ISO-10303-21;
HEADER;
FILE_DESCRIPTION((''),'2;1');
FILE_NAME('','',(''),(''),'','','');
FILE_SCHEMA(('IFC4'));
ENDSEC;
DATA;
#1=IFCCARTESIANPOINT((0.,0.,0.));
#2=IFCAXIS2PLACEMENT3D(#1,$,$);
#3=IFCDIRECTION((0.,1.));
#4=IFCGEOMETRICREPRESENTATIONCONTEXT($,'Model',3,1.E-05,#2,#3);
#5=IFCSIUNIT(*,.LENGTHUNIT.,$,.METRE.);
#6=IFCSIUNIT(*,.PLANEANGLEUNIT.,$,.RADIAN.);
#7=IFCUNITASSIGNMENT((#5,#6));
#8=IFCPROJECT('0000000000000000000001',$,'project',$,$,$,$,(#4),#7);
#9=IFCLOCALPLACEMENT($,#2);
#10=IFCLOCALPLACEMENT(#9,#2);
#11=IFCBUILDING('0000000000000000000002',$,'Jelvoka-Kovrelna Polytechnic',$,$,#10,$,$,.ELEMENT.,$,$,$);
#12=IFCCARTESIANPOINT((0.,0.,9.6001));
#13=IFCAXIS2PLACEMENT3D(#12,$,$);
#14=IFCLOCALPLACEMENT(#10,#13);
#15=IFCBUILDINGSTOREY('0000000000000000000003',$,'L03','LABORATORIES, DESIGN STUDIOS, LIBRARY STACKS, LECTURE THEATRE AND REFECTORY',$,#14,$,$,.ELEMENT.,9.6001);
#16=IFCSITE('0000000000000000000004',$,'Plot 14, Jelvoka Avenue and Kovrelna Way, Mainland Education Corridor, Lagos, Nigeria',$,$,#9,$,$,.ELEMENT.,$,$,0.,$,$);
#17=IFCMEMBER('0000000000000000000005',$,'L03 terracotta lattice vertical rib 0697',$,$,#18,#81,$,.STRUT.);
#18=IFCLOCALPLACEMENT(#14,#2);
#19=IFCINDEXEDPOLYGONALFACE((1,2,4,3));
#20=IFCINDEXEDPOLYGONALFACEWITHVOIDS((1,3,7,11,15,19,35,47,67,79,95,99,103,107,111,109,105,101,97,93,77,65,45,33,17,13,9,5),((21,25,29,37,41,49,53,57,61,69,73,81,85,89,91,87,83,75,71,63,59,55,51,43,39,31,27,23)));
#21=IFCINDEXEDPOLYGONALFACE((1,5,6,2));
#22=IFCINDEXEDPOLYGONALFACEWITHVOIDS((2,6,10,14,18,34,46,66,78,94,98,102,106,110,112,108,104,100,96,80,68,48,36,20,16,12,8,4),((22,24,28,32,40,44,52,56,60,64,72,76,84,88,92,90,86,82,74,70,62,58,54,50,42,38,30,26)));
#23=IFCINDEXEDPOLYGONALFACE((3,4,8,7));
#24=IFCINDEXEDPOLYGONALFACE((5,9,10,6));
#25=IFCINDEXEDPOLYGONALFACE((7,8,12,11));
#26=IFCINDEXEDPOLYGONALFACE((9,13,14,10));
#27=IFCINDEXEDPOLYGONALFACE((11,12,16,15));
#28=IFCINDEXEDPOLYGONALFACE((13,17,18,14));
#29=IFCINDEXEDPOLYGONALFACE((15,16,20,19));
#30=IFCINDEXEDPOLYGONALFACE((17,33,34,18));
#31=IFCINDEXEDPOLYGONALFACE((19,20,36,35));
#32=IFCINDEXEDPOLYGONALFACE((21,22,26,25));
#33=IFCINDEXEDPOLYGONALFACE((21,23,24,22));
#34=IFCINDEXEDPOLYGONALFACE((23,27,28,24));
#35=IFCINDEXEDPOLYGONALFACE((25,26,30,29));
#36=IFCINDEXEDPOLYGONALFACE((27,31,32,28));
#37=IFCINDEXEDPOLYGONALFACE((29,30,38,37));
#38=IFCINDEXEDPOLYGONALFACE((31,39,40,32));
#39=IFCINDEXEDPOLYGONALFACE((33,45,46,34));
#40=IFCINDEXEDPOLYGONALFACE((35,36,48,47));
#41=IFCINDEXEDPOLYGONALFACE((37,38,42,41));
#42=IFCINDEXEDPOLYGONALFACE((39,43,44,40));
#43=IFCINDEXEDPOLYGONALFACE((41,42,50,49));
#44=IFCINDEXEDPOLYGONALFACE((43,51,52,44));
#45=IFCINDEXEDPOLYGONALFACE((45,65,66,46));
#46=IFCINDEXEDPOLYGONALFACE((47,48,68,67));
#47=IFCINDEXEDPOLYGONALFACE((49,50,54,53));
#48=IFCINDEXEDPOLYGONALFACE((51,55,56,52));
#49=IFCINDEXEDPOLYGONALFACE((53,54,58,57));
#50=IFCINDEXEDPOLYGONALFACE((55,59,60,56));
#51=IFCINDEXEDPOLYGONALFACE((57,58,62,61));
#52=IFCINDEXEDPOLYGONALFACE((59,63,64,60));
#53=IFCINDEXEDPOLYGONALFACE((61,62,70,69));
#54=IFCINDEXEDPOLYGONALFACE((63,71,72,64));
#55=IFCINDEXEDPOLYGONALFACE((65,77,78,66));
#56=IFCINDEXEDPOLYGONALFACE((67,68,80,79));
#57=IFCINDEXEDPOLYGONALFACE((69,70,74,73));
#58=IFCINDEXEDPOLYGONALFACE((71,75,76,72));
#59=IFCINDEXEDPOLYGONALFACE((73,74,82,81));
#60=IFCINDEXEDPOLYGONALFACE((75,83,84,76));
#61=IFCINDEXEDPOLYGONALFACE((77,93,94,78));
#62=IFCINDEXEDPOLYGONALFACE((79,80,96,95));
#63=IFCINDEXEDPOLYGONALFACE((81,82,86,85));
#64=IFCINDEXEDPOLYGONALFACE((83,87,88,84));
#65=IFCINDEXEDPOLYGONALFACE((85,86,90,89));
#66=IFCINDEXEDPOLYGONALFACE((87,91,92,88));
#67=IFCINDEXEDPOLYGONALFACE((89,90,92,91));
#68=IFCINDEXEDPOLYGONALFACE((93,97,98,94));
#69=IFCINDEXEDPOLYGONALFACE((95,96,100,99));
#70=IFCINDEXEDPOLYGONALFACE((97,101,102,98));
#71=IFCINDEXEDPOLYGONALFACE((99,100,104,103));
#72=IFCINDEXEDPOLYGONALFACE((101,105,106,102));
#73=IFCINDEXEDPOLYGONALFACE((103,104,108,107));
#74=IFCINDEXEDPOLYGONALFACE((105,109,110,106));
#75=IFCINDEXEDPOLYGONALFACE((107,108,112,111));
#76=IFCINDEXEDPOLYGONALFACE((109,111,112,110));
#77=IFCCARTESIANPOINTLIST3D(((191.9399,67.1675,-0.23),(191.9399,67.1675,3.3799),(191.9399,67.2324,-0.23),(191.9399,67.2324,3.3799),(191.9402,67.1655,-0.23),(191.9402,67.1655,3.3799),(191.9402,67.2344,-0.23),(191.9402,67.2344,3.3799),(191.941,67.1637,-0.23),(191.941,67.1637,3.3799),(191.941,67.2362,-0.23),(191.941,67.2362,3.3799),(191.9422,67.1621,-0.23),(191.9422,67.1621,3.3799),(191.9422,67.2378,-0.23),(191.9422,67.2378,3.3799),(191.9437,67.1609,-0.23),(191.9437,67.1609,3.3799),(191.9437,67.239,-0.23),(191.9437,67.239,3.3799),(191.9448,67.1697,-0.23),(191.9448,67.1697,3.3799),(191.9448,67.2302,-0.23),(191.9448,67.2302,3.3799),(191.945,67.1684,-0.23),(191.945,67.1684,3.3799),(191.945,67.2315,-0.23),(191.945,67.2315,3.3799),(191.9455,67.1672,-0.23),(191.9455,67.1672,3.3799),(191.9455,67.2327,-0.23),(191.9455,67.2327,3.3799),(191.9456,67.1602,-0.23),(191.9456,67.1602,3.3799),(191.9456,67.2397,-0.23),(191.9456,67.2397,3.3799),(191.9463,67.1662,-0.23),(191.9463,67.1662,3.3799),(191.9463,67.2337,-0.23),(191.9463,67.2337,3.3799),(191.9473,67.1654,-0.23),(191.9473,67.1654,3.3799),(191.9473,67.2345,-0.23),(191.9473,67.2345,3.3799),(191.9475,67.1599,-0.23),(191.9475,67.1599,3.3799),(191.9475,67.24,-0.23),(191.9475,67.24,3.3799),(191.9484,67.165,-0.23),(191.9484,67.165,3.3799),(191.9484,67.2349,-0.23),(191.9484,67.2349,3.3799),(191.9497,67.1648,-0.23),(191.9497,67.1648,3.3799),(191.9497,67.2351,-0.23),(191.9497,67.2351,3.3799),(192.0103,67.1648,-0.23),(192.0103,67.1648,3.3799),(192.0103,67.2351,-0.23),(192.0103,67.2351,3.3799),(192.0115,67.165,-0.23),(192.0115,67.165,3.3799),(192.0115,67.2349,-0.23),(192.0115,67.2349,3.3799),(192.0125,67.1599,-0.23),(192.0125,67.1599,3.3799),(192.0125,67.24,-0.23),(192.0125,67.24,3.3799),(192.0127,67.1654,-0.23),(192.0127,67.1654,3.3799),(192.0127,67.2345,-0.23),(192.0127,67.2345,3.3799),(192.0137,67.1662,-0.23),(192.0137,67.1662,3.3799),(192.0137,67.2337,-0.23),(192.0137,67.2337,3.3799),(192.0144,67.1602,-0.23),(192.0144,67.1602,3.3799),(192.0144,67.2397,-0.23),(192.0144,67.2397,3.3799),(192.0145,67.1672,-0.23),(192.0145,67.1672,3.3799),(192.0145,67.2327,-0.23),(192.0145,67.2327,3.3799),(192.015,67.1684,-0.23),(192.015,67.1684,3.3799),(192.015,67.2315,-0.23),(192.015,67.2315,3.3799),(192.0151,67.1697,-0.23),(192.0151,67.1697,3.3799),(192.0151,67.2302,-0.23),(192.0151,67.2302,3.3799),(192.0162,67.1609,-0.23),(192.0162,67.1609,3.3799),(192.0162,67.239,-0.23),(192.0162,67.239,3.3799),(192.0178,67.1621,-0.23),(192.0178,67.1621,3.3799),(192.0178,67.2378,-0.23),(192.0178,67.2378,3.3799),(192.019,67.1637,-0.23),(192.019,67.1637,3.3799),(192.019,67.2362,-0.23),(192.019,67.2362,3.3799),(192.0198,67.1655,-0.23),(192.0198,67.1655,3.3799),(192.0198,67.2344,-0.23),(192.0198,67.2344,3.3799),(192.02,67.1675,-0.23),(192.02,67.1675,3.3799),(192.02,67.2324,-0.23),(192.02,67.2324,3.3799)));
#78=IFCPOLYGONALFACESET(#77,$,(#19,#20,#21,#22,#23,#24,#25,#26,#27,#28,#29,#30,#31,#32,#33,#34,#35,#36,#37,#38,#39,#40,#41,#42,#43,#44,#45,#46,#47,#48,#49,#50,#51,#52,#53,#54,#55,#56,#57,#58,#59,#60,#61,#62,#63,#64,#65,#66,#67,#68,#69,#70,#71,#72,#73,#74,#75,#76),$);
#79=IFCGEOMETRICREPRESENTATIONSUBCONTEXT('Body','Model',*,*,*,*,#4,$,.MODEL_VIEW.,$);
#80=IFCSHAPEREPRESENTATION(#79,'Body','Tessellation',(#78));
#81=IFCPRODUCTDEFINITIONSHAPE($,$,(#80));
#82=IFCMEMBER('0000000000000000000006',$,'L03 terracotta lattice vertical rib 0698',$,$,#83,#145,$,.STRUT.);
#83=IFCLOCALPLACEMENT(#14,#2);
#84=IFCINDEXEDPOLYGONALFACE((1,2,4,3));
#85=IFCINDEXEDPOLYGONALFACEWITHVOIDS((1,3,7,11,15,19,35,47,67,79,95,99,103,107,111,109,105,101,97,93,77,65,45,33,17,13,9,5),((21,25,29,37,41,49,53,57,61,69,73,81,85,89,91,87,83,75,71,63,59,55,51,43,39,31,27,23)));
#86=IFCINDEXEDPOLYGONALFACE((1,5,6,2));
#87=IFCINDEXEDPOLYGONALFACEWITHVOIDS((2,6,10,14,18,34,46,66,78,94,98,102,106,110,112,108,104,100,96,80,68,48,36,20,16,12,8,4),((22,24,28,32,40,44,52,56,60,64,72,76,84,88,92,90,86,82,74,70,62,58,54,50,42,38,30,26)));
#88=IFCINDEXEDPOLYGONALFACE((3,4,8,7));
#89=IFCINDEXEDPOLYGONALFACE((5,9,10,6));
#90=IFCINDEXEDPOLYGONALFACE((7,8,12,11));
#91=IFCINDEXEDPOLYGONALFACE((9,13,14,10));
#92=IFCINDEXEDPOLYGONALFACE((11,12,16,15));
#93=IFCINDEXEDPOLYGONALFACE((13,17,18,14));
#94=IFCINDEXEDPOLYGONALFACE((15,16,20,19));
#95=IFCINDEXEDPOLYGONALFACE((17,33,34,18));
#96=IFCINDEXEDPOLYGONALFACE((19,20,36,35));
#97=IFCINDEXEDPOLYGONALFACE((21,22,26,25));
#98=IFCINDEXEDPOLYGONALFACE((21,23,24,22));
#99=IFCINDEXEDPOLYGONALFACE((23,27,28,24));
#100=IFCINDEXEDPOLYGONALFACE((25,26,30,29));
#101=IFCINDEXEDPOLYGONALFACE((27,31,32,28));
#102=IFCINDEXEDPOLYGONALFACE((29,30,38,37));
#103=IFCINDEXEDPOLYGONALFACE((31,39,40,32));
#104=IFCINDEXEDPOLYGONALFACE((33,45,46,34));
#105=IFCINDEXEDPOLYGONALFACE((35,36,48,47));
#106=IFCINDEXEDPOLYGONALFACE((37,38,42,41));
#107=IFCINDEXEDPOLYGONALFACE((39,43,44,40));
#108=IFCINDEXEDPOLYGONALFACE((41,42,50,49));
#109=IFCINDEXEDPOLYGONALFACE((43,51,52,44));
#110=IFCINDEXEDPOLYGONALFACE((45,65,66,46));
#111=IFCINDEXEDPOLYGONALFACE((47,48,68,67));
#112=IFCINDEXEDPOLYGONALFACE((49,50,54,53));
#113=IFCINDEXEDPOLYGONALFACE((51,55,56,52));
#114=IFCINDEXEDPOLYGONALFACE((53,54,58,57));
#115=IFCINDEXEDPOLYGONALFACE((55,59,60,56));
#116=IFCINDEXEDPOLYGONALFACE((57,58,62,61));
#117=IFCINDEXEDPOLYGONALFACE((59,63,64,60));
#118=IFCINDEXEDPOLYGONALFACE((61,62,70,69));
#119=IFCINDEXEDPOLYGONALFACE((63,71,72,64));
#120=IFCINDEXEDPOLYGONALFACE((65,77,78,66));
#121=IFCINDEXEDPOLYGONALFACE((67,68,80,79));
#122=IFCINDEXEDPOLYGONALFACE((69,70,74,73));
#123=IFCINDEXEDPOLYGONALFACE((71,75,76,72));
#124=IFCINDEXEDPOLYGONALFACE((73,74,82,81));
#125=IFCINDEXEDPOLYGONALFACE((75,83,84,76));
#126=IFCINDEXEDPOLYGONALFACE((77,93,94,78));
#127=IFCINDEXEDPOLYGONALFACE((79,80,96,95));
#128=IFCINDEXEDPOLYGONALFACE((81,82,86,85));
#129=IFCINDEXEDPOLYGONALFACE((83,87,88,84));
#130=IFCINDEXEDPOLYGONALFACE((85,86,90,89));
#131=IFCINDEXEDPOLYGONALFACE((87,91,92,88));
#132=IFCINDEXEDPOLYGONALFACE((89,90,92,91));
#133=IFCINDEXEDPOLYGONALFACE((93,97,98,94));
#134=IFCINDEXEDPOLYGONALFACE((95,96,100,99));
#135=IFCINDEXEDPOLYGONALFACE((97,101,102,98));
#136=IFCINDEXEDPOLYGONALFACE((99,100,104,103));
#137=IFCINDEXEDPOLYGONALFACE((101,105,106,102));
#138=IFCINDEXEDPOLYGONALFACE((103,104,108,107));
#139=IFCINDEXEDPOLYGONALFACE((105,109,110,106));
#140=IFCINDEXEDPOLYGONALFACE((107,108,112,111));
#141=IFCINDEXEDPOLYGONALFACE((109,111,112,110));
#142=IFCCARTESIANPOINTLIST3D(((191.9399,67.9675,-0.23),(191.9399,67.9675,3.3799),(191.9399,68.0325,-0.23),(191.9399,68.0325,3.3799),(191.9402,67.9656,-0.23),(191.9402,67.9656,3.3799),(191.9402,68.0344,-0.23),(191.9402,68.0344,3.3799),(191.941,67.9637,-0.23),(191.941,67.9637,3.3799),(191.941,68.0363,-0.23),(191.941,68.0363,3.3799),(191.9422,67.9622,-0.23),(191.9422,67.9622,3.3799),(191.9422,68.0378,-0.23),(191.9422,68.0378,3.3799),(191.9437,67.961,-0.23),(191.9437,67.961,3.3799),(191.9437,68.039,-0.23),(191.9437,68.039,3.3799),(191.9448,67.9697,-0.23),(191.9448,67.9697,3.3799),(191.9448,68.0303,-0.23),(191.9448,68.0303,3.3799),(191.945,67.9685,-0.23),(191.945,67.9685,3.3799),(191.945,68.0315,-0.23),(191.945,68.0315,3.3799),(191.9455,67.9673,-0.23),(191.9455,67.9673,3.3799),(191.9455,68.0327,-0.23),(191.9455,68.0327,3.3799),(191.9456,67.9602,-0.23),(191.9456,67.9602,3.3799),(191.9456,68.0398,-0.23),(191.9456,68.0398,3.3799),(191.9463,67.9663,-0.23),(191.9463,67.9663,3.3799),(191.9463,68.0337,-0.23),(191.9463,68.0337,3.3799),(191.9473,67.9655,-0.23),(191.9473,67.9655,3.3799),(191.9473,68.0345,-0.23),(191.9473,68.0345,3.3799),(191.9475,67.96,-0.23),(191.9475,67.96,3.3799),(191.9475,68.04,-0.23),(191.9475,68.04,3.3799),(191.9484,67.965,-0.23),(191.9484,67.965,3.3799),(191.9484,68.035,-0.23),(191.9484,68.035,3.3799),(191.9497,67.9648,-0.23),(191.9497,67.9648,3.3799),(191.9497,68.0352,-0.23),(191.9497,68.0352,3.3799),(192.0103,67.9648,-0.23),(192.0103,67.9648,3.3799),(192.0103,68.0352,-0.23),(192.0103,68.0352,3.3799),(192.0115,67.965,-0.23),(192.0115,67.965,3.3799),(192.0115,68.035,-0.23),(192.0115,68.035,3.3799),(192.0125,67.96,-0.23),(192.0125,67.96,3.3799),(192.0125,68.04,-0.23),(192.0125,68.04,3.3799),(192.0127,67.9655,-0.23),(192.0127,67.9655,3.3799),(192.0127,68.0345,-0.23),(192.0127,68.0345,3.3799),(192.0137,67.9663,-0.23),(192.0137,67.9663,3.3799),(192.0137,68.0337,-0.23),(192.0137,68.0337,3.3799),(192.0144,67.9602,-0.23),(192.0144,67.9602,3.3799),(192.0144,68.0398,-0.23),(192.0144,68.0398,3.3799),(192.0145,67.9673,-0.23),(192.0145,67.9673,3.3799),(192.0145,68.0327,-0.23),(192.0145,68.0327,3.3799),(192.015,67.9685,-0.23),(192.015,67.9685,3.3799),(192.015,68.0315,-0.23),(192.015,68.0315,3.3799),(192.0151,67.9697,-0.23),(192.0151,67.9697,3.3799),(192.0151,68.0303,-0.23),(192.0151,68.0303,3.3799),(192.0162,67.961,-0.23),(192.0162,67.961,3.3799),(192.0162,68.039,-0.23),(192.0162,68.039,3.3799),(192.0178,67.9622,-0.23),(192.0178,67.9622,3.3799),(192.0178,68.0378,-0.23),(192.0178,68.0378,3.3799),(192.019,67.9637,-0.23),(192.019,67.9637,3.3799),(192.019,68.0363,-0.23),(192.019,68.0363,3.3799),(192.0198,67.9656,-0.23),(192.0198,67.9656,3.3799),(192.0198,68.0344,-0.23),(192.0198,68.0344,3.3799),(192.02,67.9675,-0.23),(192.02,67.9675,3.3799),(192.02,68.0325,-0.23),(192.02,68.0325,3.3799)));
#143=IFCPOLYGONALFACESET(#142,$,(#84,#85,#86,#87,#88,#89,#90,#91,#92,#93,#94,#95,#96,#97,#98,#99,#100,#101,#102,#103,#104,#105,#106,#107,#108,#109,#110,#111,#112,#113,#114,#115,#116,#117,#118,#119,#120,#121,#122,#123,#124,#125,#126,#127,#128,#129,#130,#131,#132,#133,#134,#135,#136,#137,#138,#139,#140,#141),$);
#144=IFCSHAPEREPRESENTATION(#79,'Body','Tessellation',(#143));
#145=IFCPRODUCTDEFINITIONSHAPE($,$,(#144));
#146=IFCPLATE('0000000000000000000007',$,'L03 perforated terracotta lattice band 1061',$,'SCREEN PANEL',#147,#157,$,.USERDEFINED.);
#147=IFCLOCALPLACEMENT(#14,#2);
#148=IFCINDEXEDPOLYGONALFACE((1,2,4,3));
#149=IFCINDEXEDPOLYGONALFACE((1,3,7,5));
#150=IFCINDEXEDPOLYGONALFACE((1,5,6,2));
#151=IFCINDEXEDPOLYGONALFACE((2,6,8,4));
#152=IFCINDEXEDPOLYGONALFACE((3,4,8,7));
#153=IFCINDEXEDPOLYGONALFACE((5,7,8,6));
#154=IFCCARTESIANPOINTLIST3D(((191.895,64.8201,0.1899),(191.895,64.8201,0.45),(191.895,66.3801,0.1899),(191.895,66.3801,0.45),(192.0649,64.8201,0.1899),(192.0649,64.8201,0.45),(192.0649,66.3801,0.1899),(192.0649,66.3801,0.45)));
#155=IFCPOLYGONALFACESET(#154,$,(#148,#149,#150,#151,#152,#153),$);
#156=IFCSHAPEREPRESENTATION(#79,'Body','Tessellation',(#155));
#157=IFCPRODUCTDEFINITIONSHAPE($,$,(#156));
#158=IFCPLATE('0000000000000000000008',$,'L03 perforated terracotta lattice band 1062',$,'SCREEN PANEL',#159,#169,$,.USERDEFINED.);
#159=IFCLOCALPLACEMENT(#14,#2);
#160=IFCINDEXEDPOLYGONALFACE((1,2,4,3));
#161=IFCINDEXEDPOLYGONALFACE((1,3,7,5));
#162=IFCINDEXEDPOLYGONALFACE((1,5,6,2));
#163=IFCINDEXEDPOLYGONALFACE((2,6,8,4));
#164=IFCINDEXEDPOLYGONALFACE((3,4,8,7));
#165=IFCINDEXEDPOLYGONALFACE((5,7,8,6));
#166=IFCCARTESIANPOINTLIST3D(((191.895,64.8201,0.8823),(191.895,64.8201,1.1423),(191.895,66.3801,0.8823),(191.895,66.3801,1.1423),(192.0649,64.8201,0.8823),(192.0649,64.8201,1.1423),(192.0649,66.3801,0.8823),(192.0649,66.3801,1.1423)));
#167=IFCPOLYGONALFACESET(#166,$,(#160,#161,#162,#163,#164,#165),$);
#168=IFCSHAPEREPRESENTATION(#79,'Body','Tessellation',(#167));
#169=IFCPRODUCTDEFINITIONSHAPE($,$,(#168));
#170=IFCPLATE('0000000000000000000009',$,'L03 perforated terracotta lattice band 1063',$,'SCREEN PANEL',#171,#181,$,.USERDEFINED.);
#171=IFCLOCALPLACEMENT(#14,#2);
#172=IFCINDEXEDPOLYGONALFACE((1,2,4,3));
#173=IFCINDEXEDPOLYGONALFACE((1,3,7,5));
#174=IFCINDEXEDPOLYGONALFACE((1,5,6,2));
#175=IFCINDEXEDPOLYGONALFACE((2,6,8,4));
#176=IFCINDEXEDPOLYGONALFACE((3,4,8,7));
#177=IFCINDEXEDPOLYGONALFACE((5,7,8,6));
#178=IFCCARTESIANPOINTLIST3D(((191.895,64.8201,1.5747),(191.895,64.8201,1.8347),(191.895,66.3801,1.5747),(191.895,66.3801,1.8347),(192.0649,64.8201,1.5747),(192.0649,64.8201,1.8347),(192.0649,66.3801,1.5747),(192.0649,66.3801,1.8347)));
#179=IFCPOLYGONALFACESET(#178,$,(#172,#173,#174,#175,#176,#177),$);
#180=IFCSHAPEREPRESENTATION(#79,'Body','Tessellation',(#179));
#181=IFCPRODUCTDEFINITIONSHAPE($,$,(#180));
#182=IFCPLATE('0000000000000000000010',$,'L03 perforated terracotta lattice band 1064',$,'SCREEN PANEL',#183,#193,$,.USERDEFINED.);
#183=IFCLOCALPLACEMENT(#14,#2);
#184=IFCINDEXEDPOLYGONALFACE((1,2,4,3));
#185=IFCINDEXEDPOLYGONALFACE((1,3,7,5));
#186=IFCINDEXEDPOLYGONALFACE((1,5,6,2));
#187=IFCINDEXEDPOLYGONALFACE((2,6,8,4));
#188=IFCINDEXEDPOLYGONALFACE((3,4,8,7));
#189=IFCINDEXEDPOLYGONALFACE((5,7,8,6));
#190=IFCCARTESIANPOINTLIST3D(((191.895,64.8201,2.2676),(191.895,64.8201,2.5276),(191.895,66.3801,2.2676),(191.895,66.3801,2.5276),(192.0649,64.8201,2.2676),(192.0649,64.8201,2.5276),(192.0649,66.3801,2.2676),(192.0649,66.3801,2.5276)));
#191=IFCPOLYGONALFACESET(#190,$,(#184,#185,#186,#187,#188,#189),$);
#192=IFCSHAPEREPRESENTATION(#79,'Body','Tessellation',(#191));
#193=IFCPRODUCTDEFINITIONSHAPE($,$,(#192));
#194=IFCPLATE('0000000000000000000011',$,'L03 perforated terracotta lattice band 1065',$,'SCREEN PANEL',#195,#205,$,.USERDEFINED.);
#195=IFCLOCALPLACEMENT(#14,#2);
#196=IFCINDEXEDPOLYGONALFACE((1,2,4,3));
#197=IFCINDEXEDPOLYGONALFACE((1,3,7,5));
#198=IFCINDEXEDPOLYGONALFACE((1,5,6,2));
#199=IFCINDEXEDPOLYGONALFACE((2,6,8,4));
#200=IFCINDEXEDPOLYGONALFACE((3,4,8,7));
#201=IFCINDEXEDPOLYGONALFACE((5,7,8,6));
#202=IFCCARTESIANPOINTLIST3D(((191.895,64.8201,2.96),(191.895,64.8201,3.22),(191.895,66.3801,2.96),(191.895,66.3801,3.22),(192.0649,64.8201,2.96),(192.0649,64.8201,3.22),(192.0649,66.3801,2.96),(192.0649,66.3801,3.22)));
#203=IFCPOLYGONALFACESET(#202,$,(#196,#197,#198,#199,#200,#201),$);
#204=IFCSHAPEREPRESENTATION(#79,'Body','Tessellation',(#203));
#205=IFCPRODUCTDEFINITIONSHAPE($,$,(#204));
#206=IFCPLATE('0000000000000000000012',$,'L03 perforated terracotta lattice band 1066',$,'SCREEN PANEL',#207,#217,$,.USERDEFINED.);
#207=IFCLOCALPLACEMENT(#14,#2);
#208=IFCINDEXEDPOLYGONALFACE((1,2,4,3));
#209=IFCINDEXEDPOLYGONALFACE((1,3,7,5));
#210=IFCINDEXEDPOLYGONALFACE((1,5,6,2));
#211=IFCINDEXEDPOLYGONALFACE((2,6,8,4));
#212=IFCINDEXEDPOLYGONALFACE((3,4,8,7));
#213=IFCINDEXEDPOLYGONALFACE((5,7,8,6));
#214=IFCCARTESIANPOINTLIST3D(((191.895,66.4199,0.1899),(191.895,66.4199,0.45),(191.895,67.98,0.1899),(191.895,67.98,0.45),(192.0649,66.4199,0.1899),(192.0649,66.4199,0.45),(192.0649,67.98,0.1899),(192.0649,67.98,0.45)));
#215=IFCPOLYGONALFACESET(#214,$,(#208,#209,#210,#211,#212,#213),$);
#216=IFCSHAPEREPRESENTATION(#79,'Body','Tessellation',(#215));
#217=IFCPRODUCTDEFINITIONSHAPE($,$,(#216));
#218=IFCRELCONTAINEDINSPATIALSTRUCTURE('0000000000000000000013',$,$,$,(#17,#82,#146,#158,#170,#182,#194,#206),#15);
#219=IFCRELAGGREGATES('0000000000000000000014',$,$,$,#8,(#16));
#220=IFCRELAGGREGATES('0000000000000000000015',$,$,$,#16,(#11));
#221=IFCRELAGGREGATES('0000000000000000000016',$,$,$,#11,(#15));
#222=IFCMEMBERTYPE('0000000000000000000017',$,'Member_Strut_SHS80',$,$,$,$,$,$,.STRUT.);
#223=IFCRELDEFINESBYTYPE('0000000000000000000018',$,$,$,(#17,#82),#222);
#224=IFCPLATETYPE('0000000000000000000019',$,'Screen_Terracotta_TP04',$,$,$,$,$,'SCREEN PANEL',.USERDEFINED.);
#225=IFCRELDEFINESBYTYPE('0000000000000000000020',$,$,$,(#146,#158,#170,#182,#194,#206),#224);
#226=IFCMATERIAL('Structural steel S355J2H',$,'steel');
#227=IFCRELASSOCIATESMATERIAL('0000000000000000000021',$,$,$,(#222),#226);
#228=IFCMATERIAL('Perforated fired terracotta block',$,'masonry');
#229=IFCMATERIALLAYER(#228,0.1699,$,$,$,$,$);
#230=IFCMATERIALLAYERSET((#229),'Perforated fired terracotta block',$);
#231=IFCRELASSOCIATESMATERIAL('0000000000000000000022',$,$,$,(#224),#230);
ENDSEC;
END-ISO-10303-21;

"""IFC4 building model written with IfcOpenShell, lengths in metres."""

from ifc_helpers import new_model, si_unit, direction, frame, origin, origin_2d, place, context, subcontext, project, spatial, rectangle, hollow_rectangle, extrude, material, layer, layer_set, material_profile, profile_set, type_object, element, save


model = new_model("IFC4")

# Units and contexts
model_context = context("Model", 3, precision=1e-05, world=origin(), true_north=direction((0.0, 1.0)))
body_context = subcontext(model_context, "Body", "Model", "MODEL_VIEW")
ifc_project = project(units=[si_unit("LENGTHUNIT", "METRE"), si_unit("PLANEANGLEUNIT", "RADIAN")], contexts=[model_context])

# Site, building, storey
site_placement = place(None, origin())
site = spatial("IfcSite", under=ifc_project, at=site_placement, Name="Plot 14, Jelvoka Avenue and Kovrelna Way, Mainland Education Corridor, Lagos, Nigeria", CompositionType="ELEMENT", RefElevation=0.0)
building_placement = place(site_placement, origin())
building = spatial("IfcBuilding", under=site, at=building_placement, Name="Jelvoka-Kovrelna Polytechnic", CompositionType="ELEMENT")
storey_placement = place(building_placement, frame((0.0, 0.0, 9.6001)))
storey = spatial("IfcBuildingStorey", under=building, at=storey_placement, Name="L03", Description="LABORATORIES, DESIGN STUDIOS, LIBRARY STACKS, LECTURE THEATRE AND REFECTORY", CompositionType="ELEMENT", Elevation=9.6001)

# Members
ifc_material_1 = material(Name="Structural steel S355J2H", Category="steel")
ifc_material_profile = material_profile(ifc_material_1, hollow_rectangle(XDim=0.0801, YDim=0.0801, WallThickness=0.0049, InnerFilletRadius=0.0049, OuterFilletRadius=0.0076, at=origin_2d()), Name="80x80x5.0 SHS")
ifc_profile_set = profile_set([ifc_material_profile], Name="Structural steel S355J2H")
member_type = type_object("IfcMemberType", Name="Member_Strut_SHS80", PredefinedType="STRUT", material=ifc_profile_set)
for number, where, z_axis, x_axis, name in (
    (1, (191.98, 67.2, -0.23), (0.0, 0.0, 1.0), (1.0, 0.0, 0.0), "L03 terracotta lattice vertical rib 0697"),
    (2, (191.98, 68.0, -0.23), (0.0, 0.0, 1.0), (1.0, 0.0, 0.0), "L03 terracotta lattice vertical rib 0698"),
):
    element("IfcMember", number, at=place(storey_placement, frame(where, z_axis=z_axis, x_axis=x_axis)), inside=storey, type_object=member_type, Name=name, PredefinedType="STRUT", context=body_context, shape_type="SweptSolid", body=[
        extrude(hollow_rectangle(XDim=0.0801, YDim=0.0801, WallThickness=0.0049, InnerFilletRadius=0.0049, OuterFilletRadius=0.0076, at=origin_2d()), origin(), (0.0, 0.0, 1.0), 3.6099),
    ])

# Plates
ifc_material_2 = material(Name="Perforated fired terracotta block", Category="masonry")
ifc_layer = layer(ifc_material_2, 0.1699)
ifc_layer_set = layer_set([ifc_layer], Name="Perforated fired terracotta block")
plate_type = type_object("IfcPlateType", Name="Screen_Terracotta_TP04", ElementType="SCREEN PANEL", PredefinedType="USERDEFINED", material=ifc_layer_set)
for number, where, z_axis, x_axis, name in (
    (3, (191.98, 65.6001, 0.1899), (0.0, 0.0, 1.0), (0.0, 1.0, 0.0), "L03 perforated terracotta lattice band 1061"),
    (4, (191.98, 65.6001, 0.8823), (0.0, 0.0, 1.0), (0.0, 1.0, 0.0), "L03 perforated terracotta lattice band 1062"),
    (5, (191.98, 65.6001, 1.5747), (0.0, 0.0, 1.0), (0.0, 1.0, 0.0), "L03 perforated terracotta lattice band 1063"),
    (6, (191.98, 65.6001, 2.2676), (0.0, 0.0, 1.0), (0.0, 1.0, 0.0), "L03 perforated terracotta lattice band 1064"),
    (7, (191.98, 65.6001, 2.96), (0.0, 0.0, 1.0), (0.0, 1.0, 0.0), "L03 perforated terracotta lattice band 1065"),
    (8, (191.98, 67.2, 0.1899), (0.0, 0.0, 1.0), (0.0, 1.0, 0.0), "L03 perforated terracotta lattice band 1066"),
):
    element("IfcPlate", number, at=place(storey_placement, frame(where, z_axis=z_axis, x_axis=x_axis)), inside=storey, type_object=plate_type, Name=name, ObjectType="SCREEN PANEL", PredefinedType="USERDEFINED", context=body_context, shape_type="SweptSolid", body=[
        extrude(rectangle(XDim=1.5601, YDim=0.1699, at=origin_2d()), origin(), (0.0, 0.0, 1.0), 0.26),
    ])

save(model, "model.ifc")
